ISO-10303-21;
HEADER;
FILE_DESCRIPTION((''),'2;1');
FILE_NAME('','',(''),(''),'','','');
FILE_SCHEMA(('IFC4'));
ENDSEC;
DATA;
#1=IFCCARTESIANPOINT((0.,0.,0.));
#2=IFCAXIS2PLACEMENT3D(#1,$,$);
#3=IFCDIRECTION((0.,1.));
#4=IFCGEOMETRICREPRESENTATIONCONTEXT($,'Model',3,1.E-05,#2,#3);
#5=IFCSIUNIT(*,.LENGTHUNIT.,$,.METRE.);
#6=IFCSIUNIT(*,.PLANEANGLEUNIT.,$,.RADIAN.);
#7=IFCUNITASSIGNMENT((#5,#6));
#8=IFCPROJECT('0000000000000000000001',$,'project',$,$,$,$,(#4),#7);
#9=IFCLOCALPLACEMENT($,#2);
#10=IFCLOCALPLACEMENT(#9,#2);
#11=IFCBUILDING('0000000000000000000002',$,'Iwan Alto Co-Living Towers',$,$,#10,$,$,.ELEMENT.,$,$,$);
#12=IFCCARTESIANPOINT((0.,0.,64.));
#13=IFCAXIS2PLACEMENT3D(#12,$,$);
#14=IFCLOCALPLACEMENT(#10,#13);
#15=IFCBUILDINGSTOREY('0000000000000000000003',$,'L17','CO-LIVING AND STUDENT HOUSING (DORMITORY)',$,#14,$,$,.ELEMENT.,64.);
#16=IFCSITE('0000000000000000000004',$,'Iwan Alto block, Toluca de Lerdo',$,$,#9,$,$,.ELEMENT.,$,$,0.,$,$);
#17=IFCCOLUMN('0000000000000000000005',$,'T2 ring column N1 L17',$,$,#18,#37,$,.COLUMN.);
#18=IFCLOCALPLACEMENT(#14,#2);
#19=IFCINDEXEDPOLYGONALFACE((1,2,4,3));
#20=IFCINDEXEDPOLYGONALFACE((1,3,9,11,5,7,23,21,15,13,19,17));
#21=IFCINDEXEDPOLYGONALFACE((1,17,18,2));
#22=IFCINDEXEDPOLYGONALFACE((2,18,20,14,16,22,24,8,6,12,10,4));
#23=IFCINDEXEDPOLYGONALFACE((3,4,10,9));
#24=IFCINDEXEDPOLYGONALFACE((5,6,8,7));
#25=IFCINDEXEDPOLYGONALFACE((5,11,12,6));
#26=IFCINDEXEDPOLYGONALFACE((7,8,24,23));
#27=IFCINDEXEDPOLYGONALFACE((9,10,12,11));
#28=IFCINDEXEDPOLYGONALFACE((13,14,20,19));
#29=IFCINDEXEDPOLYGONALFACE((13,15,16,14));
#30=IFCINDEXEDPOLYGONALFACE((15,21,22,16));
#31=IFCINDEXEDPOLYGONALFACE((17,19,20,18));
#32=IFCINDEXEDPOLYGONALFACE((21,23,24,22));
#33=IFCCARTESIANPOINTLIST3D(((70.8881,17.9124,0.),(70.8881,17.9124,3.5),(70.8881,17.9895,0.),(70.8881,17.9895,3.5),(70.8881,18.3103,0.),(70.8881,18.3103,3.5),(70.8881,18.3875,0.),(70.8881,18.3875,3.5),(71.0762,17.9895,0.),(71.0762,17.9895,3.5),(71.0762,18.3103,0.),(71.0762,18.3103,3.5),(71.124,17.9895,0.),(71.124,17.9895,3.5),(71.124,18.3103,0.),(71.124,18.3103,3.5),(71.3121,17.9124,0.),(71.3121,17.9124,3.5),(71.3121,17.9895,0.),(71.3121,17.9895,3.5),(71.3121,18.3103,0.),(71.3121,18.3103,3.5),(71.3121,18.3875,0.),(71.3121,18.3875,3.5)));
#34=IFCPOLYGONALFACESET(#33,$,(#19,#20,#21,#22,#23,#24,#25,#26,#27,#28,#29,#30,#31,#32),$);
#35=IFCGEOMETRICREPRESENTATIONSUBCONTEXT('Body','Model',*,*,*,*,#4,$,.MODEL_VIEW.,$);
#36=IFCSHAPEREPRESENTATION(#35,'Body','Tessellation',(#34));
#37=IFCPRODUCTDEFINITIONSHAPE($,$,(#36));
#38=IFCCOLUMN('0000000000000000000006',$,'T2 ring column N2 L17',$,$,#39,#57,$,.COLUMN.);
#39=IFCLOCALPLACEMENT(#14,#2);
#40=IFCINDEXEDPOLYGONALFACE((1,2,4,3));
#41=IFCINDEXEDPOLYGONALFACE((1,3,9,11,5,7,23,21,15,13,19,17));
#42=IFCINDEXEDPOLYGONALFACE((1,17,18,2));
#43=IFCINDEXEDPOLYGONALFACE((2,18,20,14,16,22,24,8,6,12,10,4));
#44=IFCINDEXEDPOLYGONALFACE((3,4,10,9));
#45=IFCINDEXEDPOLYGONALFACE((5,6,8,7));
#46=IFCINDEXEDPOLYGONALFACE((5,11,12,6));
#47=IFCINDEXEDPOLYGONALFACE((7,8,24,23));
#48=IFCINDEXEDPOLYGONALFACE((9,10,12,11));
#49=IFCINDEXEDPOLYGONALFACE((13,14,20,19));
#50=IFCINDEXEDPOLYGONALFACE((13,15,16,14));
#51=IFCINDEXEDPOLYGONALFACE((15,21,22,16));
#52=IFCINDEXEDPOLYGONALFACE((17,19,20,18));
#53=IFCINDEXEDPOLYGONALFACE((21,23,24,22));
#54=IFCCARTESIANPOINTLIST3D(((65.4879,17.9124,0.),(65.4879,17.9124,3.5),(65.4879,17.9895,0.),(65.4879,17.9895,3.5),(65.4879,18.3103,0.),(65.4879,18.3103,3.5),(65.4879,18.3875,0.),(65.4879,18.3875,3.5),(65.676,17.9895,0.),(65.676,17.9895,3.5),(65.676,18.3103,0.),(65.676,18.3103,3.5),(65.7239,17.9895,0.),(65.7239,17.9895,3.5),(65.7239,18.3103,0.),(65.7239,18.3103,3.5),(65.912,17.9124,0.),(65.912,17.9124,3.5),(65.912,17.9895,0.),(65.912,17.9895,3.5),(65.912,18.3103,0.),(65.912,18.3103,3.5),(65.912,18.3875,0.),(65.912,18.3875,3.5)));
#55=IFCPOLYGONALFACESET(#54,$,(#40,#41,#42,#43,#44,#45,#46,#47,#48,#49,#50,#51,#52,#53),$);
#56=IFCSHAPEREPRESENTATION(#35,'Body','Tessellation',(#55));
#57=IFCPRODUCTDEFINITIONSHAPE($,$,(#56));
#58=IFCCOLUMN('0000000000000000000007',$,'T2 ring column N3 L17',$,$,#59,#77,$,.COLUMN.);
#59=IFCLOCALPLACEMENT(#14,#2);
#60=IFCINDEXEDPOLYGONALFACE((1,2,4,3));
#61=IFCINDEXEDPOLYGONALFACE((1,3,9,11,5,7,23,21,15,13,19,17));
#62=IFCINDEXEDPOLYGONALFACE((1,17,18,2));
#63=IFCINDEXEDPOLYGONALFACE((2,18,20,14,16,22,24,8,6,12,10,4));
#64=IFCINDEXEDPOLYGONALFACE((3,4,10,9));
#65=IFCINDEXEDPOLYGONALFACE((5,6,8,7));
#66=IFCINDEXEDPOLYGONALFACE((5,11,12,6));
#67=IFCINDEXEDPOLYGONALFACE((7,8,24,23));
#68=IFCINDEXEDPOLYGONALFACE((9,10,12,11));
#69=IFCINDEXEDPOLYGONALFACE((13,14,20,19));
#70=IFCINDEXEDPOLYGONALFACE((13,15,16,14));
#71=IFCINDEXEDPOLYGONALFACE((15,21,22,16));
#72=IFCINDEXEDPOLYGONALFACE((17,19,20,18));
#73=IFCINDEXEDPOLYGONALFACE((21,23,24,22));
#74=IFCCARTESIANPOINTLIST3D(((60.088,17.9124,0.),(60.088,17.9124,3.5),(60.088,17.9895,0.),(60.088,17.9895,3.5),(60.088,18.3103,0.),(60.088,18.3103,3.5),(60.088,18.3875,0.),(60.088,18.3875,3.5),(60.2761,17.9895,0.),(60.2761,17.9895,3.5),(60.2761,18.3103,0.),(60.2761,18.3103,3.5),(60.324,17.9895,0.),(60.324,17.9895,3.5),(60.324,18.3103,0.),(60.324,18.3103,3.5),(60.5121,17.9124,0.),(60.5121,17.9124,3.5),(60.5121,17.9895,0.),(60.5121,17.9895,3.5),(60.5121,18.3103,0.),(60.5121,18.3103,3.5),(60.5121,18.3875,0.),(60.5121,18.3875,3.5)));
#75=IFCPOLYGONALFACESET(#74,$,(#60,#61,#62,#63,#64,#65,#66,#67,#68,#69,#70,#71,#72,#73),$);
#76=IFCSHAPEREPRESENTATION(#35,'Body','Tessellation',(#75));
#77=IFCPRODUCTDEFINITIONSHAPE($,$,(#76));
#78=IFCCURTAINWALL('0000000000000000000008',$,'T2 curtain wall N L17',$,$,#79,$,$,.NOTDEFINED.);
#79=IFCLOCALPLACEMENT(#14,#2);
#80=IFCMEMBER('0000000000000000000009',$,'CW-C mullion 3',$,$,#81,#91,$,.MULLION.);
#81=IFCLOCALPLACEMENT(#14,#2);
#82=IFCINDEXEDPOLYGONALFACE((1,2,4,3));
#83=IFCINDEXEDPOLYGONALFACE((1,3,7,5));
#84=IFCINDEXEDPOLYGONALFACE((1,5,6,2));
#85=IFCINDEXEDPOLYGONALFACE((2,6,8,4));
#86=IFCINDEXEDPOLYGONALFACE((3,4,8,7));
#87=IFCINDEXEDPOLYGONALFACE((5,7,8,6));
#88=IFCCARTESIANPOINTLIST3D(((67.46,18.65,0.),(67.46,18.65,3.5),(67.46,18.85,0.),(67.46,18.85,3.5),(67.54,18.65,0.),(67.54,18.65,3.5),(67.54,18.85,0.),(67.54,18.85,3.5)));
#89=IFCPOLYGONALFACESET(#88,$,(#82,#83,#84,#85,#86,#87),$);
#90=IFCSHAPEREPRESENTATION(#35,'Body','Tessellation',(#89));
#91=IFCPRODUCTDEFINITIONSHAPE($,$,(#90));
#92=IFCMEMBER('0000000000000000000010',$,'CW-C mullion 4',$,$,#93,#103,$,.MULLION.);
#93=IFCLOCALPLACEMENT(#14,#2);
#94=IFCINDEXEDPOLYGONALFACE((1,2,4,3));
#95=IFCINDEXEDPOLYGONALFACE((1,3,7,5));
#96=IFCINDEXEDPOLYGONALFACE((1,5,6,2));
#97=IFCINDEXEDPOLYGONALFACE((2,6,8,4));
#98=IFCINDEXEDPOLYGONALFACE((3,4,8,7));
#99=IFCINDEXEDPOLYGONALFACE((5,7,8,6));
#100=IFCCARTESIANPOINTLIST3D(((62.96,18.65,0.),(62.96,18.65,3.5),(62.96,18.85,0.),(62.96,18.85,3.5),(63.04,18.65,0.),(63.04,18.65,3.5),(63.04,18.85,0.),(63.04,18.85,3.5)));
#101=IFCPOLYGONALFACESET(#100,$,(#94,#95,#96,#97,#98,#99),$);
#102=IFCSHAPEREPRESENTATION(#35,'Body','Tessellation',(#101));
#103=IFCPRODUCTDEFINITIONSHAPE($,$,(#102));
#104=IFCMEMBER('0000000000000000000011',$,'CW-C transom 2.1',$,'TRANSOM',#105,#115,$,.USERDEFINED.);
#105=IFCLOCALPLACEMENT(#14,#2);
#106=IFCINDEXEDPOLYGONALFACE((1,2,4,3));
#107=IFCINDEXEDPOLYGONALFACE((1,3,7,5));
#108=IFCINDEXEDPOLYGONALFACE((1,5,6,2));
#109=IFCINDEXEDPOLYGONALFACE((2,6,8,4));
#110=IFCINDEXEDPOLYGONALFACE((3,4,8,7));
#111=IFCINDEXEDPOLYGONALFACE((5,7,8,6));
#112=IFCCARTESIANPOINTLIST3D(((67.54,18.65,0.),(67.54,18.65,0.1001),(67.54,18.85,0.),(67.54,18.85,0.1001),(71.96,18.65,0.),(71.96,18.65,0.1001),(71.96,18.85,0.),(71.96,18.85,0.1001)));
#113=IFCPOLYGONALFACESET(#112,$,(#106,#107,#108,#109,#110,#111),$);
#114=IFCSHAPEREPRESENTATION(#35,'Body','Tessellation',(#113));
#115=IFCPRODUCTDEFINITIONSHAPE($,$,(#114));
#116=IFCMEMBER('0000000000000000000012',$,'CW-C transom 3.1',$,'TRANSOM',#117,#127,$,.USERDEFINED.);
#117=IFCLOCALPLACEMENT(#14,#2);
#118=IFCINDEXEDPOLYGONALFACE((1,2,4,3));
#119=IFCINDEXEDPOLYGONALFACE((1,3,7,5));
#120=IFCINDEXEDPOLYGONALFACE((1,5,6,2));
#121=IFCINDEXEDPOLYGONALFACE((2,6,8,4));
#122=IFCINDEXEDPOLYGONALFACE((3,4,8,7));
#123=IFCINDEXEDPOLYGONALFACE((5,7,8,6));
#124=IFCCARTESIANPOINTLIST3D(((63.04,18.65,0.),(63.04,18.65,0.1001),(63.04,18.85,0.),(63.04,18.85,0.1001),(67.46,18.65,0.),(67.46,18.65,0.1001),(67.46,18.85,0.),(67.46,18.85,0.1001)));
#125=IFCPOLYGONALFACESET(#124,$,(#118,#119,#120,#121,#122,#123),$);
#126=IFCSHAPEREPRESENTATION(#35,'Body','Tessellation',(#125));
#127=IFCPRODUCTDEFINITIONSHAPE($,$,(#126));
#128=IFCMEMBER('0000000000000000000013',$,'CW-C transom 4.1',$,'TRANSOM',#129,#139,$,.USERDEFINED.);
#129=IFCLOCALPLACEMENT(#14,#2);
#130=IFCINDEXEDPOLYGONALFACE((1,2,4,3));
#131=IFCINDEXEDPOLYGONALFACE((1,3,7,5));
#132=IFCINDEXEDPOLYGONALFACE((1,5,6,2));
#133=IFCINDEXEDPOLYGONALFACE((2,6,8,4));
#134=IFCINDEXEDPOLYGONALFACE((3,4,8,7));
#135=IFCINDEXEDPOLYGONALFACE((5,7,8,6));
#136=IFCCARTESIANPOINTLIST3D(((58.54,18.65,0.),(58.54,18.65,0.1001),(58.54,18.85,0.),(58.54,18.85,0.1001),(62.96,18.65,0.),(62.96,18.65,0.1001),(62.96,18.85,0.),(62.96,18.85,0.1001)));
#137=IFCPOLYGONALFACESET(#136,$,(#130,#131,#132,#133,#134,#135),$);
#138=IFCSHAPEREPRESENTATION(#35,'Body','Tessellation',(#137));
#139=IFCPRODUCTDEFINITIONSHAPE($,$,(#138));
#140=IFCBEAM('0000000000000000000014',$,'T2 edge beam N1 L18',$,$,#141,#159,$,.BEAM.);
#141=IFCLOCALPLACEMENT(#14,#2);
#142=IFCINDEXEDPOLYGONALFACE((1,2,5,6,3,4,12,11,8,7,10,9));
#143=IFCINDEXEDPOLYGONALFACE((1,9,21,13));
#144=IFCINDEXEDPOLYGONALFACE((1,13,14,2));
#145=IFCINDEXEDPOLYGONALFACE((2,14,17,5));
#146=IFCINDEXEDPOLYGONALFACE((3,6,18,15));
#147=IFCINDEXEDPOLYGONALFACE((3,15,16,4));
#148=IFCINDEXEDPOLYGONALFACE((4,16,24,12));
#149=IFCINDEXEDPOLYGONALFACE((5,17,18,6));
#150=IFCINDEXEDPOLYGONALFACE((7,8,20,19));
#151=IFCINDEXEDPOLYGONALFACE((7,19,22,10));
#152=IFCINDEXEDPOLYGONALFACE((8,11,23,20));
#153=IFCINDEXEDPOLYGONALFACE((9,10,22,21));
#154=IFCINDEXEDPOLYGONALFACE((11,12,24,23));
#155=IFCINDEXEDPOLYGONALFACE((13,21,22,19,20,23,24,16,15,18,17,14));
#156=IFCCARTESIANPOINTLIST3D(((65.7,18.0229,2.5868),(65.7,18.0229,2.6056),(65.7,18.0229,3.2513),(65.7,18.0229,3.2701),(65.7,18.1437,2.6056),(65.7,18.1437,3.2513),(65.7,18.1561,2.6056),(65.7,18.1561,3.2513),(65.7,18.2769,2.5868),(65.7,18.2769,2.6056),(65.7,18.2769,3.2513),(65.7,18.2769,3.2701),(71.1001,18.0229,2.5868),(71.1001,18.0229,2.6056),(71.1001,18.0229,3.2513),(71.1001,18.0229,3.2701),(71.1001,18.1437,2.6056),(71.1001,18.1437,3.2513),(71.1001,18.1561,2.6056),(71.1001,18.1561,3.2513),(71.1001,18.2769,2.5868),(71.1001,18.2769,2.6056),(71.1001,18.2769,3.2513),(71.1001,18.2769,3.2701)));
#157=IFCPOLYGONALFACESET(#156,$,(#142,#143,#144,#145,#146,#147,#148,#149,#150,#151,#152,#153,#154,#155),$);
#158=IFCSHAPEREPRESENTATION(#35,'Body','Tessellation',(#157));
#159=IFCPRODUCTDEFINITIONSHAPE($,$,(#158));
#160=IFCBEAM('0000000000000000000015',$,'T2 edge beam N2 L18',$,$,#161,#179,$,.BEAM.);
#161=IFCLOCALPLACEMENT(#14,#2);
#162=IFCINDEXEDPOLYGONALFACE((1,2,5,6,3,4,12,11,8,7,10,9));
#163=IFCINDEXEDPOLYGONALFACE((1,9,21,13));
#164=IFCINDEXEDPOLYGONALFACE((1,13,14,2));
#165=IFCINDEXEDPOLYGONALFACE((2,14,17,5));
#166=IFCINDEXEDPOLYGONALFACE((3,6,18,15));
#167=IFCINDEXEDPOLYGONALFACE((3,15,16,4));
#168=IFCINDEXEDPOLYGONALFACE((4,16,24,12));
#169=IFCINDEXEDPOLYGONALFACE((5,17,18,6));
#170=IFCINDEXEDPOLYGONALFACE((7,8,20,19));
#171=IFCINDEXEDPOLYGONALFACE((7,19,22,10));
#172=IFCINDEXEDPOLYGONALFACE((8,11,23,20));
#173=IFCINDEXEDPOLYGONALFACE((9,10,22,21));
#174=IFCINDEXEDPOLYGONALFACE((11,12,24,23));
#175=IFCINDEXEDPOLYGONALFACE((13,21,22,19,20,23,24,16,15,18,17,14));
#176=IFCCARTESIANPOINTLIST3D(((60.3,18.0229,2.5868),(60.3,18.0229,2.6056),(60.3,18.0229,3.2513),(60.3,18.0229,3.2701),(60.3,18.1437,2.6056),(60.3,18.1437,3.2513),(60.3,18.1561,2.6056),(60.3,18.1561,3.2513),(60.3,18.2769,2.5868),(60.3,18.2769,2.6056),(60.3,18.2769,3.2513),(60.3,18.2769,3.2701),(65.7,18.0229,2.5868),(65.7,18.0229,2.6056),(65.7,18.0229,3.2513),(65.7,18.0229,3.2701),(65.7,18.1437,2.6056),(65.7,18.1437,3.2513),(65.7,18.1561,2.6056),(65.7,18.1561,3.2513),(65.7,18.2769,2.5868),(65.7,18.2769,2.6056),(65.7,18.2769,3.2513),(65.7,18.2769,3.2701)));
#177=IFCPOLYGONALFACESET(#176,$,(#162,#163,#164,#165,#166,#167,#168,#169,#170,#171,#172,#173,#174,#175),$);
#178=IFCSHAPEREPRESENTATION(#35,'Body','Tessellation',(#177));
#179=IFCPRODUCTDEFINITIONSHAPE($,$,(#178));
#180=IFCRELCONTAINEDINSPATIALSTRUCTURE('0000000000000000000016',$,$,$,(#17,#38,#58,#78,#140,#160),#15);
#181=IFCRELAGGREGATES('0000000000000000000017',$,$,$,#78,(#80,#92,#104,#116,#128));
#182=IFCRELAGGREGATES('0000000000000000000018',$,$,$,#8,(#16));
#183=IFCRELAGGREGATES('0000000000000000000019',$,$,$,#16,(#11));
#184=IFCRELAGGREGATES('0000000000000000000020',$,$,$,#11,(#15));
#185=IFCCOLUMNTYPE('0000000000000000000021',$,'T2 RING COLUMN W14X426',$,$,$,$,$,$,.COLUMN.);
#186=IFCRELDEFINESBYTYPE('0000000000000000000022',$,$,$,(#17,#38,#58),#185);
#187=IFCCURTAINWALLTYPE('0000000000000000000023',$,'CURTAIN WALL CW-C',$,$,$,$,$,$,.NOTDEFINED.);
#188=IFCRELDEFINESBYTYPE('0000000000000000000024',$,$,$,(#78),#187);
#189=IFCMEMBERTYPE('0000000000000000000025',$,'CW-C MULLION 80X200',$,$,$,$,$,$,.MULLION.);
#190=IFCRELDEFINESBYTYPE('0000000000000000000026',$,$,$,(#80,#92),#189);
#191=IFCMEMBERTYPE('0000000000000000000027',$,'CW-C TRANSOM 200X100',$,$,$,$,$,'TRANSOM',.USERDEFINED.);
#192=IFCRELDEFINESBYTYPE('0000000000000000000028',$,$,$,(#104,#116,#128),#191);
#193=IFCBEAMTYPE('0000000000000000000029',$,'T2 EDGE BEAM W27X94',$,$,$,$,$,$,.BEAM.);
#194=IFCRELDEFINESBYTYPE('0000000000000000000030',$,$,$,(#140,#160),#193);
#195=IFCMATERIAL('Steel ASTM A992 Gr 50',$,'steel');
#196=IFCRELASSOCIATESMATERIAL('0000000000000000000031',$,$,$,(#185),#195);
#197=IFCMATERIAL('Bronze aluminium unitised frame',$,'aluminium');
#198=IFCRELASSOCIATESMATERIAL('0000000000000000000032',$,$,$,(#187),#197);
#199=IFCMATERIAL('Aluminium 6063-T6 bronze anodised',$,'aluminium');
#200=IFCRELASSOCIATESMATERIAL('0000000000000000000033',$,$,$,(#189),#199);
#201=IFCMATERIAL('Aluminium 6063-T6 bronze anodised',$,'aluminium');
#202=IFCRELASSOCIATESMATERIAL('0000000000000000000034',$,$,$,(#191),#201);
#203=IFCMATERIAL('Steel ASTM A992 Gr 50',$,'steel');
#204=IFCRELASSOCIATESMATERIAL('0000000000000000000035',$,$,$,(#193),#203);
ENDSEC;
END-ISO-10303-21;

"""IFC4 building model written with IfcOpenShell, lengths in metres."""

from ifc_helpers import new_model, si_unit, direction, frame, origin, origin_2d, place, context, subcontext, project, spatial, rectangle, i_section, extrude, material, material_profile, profile_set, type_object, element, aggregate, save


model = new_model("IFC4")

# Units and contexts
model_context = context("Model", 3, precision=1e-05, world=origin(), true_north=direction((0.0, 1.0)))
body_context = subcontext(model_context, "Body", "Model", "MODEL_VIEW")
ifc_project = project(units=[si_unit("LENGTHUNIT", "METRE"), si_unit("PLANEANGLEUNIT", "RADIAN")], contexts=[model_context])

# Site, building, storey
site_placement = place(None, origin())
site = spatial("IfcSite", under=ifc_project, at=site_placement, Name="Iwan Alto block, Toluca de Lerdo", CompositionType="ELEMENT", RefElevation=0.0)
building_placement = place(site_placement, origin())
building = spatial("IfcBuilding", under=site, at=building_placement, Name="Iwan Alto Co-Living Towers", CompositionType="ELEMENT")
storey_placement = place(building_placement, frame((0.0, 0.0, 64.0)))
storey = spatial("IfcBuildingStorey", under=building, at=storey_placement, Name="L17", Description="CO-LIVING AND STUDENT HOUSING (DORMITORY)", CompositionType="ELEMENT", Elevation=64.0)

# Columns
ifc_material_1 = material(Name="Steel ASTM A992 Gr 50", Category="steel")
ifc_material_profile_1 = material_profile(ifc_material_1, i_section(OverallWidth=0.4241, OverallDepth=0.4751, WebThickness=0.0479, FlangeThickness=0.0771, at=origin_2d()), Name="W14X426")
ifc_profile_set_1 = profile_set([ifc_material_profile_1], Name="Steel ASTM A992 Gr 50")
column_type = type_object("IfcColumnType", Name="T2 RING COLUMN W14X426", PredefinedType="COLUMN", material=ifc_profile_set_1)
for number, where, z_axis, x_axis, name in (
    (1, (71.1001, 18.1499, 0.0), (0.0, 0.0, 1.0), (1.0, 0.0, 0.0), "T2 ring column N1 L17"),
    (2, (65.7, 18.1499, 0.0), (0.0, 0.0, 1.0), (1.0, 0.0, 0.0), "T2 ring column N2 L17"),
    (3, (60.3, 18.1499, 0.0), (0.0, 0.0, 1.0), (1.0, 0.0, 0.0), "T2 ring column N3 L17"),
):
    element("IfcColumn", number, at=place(storey_placement, frame(where, z_axis=z_axis, x_axis=x_axis)), inside=storey, type_object=column_type, Name=name, PredefinedType="COLUMN", context=body_context, shape_type="SweptSolid", body=[
        extrude(i_section(OverallWidth=0.4241, OverallDepth=0.4751, WebThickness=0.0479, FlangeThickness=0.0771, at=origin_2d()), origin(), (0.0, 0.0, 1.0), 3.5),
    ])

# Curtain wall, members
ifc_material_2 = material(Name="Bronze aluminium unitised frame", Category="aluminium")
curtain_wall_type = type_object("IfcCurtainWallType", Name="CURTAIN WALL CW-C", PredefinedType="NOTDEFINED", material=ifc_material_2)
curtain_wall_placement = place(storey_placement, origin())
curtain_wall = element("IfcCurtainWall", 4, at=curtain_wall_placement, inside=storey, type_object=curtain_wall_type, Name="T2 curtain wall N L17", PredefinedType="NOTDEFINED")
ifc_material_3 = material(Name="Aluminium 6063-T6 bronze anodised", Category="aluminium")
ifc_material_profile_2 = material_profile(ifc_material_3, rectangle(XDim=0.2, YDim=0.0801, at=origin_2d()), Name="AL 80X200")
ifc_profile_set_2 = profile_set([ifc_material_profile_2], Name="Aluminium 6063-T6 bronze anodised")
member_type_1 = type_object("IfcMemberType", Name="CW-C MULLION 80X200", PredefinedType="MULLION", material=ifc_profile_set_2)
member_1_placement = place(storey_placement, frame((67.5, 18.75, 0.0), z_axis=(0.0, 0.0, 1.0), x_axis=(0.0, -1.0, 0.0)))
member_1 = element("IfcMember", 5, at=member_1_placement, type_object=member_type_1, Name="CW-C mullion 3", PredefinedType="MULLION", context=body_context, shape_type="SweptSolid", body=[
    extrude(rectangle(XDim=0.2, YDim=0.0801, at=origin_2d()), origin(), (0.0, 0.0, 1.0), 3.5),
])
member_2_placement = place(storey_placement, frame((63.0, 18.75, 0.0), z_axis=(0.0, 0.0, 1.0), x_axis=(0.0, -1.0, 0.0)))
member_2 = element("IfcMember", 6, at=member_2_placement, type_object=member_type_1, Name="CW-C mullion 4", PredefinedType="MULLION", context=body_context, shape_type="SweptSolid", body=[
    extrude(rectangle(XDim=0.2, YDim=0.0801, at=origin_2d()), origin(), (0.0, 0.0, 1.0), 3.5),
])
ifc_material_4 = material(Name="Aluminium 6063-T6 bronze anodised", Category="aluminium")
ifc_material_profile_3 = material_profile(ifc_material_4, rectangle(XDim=0.2, YDim=0.1001, at=origin_2d()), Name="AL 200X100")
ifc_profile_set_3 = profile_set([ifc_material_profile_3], Name="Aluminium 6063-T6 bronze anodised")
member_type_2 = type_object("IfcMemberType", Name="CW-C TRANSOM 200X100", ElementType="TRANSOM", PredefinedType="USERDEFINED", material=ifc_profile_set_3)
member_3_placement = place(storey_placement, frame((71.96, 18.75, 0.05), z_axis=(-1.0, 0.0, 0.0), x_axis=(0.0, -1.0, 0.0)))
member_3 = element("IfcMember", 7, at=member_3_placement, type_object=member_type_2, Name="CW-C transom 2.1", ObjectType="TRANSOM", PredefinedType="USERDEFINED", context=body_context, shape_type="SweptSolid", body=[
    extrude(rectangle(XDim=0.2, YDim=0.1001, at=origin_2d()), origin(), (0.0, 0.0, 1.0), 4.4199),
])
member_4_placement = place(storey_placement, frame((67.46, 18.75, 0.05), z_axis=(-1.0, 0.0, 0.0), x_axis=(0.0, -1.0, 0.0)))
member_4 = element("IfcMember", 8, at=member_4_placement, type_object=member_type_2, Name="CW-C transom 3.1", ObjectType="TRANSOM", PredefinedType="USERDEFINED", context=body_context, shape_type="SweptSolid", body=[
    extrude(rectangle(XDim=0.2, YDim=0.1001, at=origin_2d()), origin(), (0.0, 0.0, 1.0), 4.4199),
])
member_5_placement = place(storey_placement, frame((62.96, 18.75, 0.05), z_axis=(-1.0, 0.0, 0.0), x_axis=(0.0, -1.0, 0.0)))
member_5 = element("IfcMember", 9, at=member_5_placement, type_object=member_type_2, Name="CW-C transom 4.1", ObjectType="TRANSOM", PredefinedType="USERDEFINED", context=body_context, shape_type="SweptSolid", body=[
    extrude(rectangle(XDim=0.2, YDim=0.1001, at=origin_2d()), origin(), (0.0, 0.0, 1.0), 4.4199),
])

# Beams
ifc_material_5 = material(Name="Steel ASTM A992 Gr 50", Category="steel")
ifc_material_profile_4 = material_profile(ifc_material_5, i_section(OverallWidth=0.2539, OverallDepth=0.6833, WebThickness=0.0125, FlangeThickness=0.0188, at=origin_2d()), Name="W27X94")
ifc_profile_set_4 = profile_set([ifc_material_profile_4], Name="Steel ASTM A992 Gr 50")
beam_type_1 = type_object("IfcBeamType", Name="T2 EDGE BEAM W27X94", PredefinedType="BEAM", material=ifc_profile_set_4)
beam_1_placement = place(storey_placement, frame((71.1001, 18.1499, 2.9285), z_axis=(-1.0, 0.0, 0.0), x_axis=(0.0, -1.0, 0.0)))
element("IfcBeam", 10, at=beam_1_placement, inside=storey, type_object=beam_type_1, Name="T2 edge beam N1 L18", PredefinedType="BEAM", context=body_context, shape_type="SweptSolid", body=[
    extrude(i_section(OverallWidth=0.2539, OverallDepth=0.6833, WebThickness=0.0125, FlangeThickness=0.0188, at=origin_2d()), origin(), (0.0, 0.0, 1.0), 5.4001),
])
beam_2_placement = place(storey_placement, frame((65.7, 18.1499, 2.9285), z_axis=(-1.0, 0.0, 0.0), x_axis=(0.0, -1.0, 0.0)))
element("IfcBeam", 11, at=beam_2_placement, inside=storey, type_object=beam_type_1, Name="T2 edge beam N2 L18", PredefinedType="BEAM", context=body_context, shape_type="SweptSolid", body=[
    extrude(i_section(OverallWidth=0.2539, OverallDepth=0.6833, WebThickness=0.0125, FlangeThickness=0.0188, at=origin_2d()), origin(), (0.0, 0.0, 1.0), 5.3999),
])

aggregate(curtain_wall, [member_1, member_2, member_3, member_4, member_5])

save(model, "model.ifc")
